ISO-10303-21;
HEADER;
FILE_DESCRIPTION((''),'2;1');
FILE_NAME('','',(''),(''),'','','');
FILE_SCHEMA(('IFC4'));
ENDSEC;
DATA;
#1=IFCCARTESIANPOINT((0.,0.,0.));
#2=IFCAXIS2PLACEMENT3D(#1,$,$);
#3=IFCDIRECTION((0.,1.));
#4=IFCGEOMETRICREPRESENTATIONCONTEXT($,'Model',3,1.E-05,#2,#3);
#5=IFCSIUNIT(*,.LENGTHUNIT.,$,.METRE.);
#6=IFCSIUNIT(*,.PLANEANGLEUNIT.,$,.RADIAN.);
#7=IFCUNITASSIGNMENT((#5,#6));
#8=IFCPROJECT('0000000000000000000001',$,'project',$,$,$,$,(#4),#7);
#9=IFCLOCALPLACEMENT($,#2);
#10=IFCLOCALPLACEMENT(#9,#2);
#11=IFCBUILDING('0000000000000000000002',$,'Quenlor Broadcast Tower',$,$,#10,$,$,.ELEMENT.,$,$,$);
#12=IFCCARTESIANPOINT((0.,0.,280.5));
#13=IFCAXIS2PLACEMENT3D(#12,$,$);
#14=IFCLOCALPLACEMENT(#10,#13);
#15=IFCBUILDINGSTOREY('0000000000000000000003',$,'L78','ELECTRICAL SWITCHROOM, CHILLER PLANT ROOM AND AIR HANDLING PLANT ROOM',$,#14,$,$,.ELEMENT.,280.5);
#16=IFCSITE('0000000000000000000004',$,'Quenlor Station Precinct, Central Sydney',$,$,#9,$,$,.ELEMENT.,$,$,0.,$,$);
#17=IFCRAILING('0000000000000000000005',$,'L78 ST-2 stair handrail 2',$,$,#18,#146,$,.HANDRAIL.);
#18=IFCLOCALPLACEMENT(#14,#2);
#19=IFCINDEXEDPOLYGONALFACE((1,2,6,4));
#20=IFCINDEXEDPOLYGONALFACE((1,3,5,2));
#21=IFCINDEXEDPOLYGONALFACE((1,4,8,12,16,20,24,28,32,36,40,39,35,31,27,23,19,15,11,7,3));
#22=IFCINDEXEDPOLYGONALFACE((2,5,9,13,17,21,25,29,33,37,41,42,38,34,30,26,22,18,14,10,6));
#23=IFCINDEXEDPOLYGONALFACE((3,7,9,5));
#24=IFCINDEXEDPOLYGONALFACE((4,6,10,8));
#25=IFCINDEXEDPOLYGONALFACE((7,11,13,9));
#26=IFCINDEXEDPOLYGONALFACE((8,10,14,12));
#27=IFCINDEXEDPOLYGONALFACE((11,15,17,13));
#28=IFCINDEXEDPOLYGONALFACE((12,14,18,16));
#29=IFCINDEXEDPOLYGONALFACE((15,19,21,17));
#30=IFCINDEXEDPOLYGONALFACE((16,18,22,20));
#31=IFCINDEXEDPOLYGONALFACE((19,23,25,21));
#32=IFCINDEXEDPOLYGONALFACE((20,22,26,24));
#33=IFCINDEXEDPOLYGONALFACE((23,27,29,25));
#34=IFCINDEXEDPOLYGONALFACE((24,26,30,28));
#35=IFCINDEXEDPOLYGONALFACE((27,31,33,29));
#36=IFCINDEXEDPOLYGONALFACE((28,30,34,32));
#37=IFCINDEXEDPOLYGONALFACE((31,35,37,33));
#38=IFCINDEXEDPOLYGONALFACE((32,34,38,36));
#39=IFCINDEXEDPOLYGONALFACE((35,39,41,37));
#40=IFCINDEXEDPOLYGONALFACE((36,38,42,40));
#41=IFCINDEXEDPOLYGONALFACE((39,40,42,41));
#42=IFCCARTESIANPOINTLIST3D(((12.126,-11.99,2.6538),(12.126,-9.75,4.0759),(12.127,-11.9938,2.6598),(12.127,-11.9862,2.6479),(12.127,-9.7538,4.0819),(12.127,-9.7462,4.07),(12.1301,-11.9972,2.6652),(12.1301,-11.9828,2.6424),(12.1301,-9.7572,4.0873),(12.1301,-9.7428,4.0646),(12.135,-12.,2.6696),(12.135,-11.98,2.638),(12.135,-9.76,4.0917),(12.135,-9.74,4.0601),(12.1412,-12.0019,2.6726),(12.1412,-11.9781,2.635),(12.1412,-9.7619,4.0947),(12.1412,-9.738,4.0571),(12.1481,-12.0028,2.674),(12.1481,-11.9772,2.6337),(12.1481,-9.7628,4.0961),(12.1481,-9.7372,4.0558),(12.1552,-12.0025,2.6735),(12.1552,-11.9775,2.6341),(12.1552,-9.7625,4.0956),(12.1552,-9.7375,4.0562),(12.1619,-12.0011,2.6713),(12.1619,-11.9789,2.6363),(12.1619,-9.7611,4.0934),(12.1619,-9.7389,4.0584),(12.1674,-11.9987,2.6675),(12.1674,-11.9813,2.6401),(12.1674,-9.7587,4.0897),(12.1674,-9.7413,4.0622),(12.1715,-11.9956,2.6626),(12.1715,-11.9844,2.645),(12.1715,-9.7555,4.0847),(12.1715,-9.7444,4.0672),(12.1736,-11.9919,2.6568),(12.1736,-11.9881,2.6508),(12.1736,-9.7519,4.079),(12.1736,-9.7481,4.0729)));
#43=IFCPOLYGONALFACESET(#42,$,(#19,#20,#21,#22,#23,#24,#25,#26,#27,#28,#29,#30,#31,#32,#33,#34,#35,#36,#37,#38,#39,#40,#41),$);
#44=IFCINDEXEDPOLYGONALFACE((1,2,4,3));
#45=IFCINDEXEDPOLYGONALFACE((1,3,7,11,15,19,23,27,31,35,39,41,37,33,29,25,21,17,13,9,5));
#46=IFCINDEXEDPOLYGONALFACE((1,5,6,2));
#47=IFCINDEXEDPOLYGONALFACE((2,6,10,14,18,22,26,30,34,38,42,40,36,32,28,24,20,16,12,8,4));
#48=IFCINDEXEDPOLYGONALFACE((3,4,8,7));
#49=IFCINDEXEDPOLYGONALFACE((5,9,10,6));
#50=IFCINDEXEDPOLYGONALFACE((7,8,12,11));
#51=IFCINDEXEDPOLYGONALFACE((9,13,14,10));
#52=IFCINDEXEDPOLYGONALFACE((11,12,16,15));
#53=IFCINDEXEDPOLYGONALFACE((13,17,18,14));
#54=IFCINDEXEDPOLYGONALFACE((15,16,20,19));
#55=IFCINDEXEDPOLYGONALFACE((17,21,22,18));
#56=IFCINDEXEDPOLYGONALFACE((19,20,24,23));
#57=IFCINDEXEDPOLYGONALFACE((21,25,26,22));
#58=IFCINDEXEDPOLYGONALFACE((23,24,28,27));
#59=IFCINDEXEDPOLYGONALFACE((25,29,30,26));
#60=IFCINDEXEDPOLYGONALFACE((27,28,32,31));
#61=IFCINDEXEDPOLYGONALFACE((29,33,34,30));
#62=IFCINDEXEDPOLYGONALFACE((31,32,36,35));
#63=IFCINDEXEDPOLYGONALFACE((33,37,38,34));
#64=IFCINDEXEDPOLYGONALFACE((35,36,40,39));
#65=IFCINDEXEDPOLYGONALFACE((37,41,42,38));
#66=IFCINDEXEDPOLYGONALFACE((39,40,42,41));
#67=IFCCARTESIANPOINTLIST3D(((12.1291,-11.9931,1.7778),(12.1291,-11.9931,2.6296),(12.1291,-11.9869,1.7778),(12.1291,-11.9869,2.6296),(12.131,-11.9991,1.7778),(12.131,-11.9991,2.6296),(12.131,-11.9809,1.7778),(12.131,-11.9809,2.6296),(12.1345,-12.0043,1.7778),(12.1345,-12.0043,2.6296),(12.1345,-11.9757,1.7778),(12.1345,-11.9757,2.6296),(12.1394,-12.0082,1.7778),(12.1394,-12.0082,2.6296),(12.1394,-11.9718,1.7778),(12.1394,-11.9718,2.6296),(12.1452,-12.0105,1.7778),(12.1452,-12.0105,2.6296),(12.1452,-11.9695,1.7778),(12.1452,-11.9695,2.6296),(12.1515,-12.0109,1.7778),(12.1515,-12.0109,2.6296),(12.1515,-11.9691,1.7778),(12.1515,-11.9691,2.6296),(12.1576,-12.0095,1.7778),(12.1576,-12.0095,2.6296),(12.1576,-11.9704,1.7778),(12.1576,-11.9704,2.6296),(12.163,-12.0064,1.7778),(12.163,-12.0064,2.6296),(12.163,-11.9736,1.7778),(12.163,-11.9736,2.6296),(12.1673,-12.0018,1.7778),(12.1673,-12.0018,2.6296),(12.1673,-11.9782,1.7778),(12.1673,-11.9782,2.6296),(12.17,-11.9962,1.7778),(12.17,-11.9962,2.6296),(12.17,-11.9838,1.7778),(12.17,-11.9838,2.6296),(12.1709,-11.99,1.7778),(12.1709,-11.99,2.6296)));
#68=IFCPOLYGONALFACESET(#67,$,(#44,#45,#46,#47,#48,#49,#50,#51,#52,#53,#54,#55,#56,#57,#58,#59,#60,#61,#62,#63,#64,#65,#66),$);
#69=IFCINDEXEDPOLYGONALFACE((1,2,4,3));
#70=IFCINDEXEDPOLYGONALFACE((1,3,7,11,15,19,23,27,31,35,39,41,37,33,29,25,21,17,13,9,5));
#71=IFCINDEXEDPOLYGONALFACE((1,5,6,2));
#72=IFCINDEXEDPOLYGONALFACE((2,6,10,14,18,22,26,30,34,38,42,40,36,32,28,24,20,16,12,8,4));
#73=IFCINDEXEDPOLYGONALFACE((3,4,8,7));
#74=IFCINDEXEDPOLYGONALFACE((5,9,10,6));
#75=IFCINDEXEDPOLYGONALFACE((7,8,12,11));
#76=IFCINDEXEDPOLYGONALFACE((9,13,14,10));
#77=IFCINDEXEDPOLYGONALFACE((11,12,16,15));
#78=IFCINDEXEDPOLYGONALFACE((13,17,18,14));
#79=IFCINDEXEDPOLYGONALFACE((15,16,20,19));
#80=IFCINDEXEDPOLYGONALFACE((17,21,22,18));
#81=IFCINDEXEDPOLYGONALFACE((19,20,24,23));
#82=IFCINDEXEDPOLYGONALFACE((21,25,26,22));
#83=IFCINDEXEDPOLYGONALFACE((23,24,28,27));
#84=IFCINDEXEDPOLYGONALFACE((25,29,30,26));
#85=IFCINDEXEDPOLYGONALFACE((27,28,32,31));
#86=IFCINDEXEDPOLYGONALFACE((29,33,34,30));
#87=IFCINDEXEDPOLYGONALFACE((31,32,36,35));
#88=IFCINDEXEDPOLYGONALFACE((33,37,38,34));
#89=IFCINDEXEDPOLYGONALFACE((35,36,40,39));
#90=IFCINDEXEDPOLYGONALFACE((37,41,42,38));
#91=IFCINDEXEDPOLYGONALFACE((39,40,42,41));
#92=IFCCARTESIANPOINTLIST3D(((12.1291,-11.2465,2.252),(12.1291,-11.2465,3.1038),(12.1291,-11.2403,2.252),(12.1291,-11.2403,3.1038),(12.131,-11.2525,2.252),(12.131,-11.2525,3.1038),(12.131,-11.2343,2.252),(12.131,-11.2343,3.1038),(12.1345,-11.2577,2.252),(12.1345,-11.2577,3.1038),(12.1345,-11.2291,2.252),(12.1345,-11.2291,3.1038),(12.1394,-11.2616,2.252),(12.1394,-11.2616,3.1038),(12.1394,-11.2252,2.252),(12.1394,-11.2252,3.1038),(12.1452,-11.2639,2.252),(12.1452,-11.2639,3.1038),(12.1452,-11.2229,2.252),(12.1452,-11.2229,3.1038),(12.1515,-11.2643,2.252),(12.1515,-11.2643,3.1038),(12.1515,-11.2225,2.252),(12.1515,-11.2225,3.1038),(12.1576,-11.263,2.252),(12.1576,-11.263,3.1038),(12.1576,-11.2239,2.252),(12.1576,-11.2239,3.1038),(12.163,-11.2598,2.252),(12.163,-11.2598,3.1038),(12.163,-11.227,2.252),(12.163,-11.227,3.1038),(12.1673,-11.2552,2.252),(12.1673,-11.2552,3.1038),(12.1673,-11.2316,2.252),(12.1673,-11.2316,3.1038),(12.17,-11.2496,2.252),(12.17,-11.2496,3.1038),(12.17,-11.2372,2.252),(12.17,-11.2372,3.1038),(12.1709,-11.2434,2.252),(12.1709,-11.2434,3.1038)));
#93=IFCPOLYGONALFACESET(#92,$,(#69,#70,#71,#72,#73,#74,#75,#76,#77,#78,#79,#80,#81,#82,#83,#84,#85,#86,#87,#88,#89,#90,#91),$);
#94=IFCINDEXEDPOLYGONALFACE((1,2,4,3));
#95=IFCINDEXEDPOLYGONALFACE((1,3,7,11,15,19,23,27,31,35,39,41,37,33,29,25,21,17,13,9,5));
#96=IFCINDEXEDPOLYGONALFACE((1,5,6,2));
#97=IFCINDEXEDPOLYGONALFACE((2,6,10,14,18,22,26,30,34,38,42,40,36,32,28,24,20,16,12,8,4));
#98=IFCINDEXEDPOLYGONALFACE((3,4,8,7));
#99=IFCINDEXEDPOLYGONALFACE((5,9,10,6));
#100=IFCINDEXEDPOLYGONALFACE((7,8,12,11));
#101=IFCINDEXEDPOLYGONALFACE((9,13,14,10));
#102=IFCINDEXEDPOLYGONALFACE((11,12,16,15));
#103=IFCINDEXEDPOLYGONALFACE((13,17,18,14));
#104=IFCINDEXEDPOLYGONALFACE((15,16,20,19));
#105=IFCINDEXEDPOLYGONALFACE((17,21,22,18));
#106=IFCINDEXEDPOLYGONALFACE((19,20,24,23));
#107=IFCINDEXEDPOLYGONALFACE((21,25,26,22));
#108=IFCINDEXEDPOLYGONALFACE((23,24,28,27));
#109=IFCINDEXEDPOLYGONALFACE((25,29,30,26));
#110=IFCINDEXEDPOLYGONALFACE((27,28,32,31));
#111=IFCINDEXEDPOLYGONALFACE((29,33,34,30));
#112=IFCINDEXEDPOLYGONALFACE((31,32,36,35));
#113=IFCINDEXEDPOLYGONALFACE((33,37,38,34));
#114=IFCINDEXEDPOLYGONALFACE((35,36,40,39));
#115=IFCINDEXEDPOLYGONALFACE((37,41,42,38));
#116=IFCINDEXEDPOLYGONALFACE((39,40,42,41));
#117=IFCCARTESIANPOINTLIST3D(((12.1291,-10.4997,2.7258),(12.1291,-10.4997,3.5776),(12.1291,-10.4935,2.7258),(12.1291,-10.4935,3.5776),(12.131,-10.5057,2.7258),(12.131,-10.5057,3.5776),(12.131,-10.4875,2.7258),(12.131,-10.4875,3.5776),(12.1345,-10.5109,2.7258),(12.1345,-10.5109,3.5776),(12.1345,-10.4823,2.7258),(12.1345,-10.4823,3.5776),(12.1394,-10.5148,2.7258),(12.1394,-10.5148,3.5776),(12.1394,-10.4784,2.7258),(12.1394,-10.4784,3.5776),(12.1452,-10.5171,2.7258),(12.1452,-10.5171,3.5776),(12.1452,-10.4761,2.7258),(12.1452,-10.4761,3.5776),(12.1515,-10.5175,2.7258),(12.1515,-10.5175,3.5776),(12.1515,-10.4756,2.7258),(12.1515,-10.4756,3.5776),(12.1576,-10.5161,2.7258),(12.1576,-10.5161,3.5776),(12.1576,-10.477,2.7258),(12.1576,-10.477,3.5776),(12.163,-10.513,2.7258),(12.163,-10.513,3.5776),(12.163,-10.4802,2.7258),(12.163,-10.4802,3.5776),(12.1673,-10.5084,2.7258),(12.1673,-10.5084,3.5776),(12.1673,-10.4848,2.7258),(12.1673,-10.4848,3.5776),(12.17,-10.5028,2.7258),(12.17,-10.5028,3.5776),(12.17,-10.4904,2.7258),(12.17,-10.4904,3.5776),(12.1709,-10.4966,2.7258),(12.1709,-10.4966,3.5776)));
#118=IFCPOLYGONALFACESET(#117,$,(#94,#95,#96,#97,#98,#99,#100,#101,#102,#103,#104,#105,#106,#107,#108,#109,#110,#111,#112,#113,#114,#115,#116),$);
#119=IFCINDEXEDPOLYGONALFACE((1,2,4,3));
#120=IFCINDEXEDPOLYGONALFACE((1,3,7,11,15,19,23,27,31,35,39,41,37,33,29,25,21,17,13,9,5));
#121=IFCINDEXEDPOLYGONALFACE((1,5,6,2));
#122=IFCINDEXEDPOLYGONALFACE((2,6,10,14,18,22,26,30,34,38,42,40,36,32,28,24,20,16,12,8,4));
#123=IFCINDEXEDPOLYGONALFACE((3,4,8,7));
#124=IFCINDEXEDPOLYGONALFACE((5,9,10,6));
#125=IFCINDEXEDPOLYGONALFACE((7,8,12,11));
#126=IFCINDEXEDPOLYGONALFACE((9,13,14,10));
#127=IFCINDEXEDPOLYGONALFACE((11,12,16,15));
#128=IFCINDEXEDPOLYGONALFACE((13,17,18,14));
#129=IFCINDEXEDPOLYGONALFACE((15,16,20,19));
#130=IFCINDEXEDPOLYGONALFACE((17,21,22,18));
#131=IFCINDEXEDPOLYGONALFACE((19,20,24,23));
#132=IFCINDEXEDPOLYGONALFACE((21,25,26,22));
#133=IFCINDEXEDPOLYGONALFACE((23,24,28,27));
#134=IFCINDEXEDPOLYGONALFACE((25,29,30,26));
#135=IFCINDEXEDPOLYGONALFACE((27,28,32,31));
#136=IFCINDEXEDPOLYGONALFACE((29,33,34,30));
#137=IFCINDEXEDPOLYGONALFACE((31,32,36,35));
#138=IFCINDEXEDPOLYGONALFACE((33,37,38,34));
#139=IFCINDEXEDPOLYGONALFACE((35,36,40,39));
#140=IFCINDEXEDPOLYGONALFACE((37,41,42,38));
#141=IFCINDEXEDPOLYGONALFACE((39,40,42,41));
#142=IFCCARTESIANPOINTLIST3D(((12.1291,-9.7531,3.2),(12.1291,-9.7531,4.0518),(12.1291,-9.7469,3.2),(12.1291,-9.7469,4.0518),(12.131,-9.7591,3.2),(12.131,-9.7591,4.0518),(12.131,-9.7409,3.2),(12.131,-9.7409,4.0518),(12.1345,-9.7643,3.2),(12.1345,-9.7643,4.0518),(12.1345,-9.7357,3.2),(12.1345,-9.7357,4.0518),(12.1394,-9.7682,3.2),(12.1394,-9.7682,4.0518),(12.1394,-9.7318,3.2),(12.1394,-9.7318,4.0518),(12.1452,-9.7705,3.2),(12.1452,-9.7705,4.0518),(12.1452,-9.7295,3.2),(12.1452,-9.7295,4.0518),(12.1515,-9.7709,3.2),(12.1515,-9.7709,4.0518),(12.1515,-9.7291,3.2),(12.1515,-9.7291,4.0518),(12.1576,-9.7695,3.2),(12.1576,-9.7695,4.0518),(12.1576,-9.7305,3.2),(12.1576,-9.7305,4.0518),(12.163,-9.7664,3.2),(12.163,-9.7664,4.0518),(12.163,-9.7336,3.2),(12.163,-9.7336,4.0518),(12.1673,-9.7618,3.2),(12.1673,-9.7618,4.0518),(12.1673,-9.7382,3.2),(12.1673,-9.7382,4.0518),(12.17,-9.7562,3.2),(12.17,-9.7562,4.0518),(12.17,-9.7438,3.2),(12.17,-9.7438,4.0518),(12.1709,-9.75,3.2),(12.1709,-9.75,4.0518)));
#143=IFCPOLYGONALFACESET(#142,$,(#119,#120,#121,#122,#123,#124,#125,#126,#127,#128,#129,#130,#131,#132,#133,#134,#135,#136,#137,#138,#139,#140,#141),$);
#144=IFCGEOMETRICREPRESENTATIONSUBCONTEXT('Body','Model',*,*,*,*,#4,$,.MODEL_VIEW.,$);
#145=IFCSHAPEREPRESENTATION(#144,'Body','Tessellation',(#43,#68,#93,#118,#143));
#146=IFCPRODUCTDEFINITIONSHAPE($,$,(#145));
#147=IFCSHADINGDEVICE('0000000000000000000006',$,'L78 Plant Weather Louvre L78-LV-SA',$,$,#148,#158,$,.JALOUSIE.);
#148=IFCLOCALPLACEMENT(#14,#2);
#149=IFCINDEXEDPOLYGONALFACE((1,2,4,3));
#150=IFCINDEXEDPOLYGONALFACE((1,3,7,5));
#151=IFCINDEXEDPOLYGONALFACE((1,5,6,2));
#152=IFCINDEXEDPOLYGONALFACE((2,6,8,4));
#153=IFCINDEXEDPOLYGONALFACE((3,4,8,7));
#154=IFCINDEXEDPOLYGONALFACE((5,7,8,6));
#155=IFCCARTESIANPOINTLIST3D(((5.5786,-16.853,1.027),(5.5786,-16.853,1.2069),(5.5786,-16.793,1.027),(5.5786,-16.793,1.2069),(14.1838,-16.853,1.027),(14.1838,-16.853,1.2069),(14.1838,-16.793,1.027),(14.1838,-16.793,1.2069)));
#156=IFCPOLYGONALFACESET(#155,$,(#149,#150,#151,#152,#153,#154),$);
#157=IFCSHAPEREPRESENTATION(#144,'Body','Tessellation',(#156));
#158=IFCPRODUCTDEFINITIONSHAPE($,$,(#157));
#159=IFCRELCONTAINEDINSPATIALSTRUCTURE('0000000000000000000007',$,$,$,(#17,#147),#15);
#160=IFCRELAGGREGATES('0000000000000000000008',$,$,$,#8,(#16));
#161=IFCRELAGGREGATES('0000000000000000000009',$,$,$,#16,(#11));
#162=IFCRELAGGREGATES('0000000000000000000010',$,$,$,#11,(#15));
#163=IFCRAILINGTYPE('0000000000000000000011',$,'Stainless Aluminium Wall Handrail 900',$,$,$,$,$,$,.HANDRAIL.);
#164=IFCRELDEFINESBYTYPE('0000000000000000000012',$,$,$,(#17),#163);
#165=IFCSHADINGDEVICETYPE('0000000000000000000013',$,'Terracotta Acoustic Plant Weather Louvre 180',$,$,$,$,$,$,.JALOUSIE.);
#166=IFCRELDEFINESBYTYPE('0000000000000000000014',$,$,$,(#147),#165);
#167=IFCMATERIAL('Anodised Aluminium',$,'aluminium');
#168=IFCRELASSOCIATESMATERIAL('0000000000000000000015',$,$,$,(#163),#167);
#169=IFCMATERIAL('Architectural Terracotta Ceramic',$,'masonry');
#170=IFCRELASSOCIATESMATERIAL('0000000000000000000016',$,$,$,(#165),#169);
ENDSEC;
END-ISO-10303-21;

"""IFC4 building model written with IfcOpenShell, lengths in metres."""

from ifc_helpers import new_model, si_unit, direction, frame, origin, origin_2d, place, context, subcontext, project, spatial, rectangle, circle, extrude, material, material_profile, profile_set, type_object, element, save


model = new_model("IFC4")

# Units and contexts
model_context = context("Model", 3, precision=1e-05, world=origin(), true_north=direction((0.0, 1.0)))
body_context = subcontext(model_context, "Body", "Model", "MODEL_VIEW")
ifc_project = project(units=[si_unit("LENGTHUNIT", "METRE"), si_unit("PLANEANGLEUNIT", "RADIAN")], contexts=[model_context])

# Site, building, storey
site_placement = place(None, origin())
site = spatial("IfcSite", under=ifc_project, at=site_placement, Name="Quenlor Station Precinct, Central Sydney", CompositionType="ELEMENT", RefElevation=0.0)
building_placement = place(site_placement, origin())
building = spatial("IfcBuilding", under=site, at=building_placement, Name="Quenlor Broadcast Tower", CompositionType="ELEMENT")
storey_placement = place(building_placement, frame((0.0, 0.0, 280.5)))
storey = spatial("IfcBuildingStorey", under=building, at=storey_placement, Name="L78", Description="ELECTRICAL SWITCHROOM, CHILLER PLANT ROOM AND AIR HANDLING PLANT ROOM", CompositionType="ELEMENT", Elevation=280.5)

# Railing
ifc_material_1 = material(Name="Anodised Aluminium", Category="aluminium")
railing_type = type_object("IfcRailingType", Name="Stainless Aluminium Wall Handrail 900", PredefinedType="HANDRAIL", material=ifc_material_1)
railing_placement = place(storey_placement, frame((12.1499, -11.99, 1.7778)))
element("IfcRailing", 1, at=railing_placement, inside=storey, type_object=railing_type, Name="L78 ST-2 stair handrail 2", PredefinedType="HANDRAIL", context=body_context, shape_type="SweptSolid", body=[
    extrude(circle(Radius=0.0239, at=origin_2d()), frame((0.0, 0.0, 0.876), z_axis=(0.0, 0.844229, 0.535982), x_axis=(-1.0, 0.0, 0.0)), (0.0, 0.0, 1.0), 2.6533),
    extrude(circle(Radius=0.021, at=origin_2d()), origin(), (0.0, 0.0, 1.0), 0.8518),
    extrude(circle(Radius=0.021, at=origin_2d()), frame((0.0, 0.7466, 0.4741)), (0.0, 0.0, 1.0), 0.8518),
    extrude(circle(Radius=0.021, at=origin_2d()), frame((0.0, 1.4934, 0.948)), (0.0, 0.0, 1.0), 0.8518),
    extrude(circle(Radius=0.021, at=origin_2d()), frame((0.0, 2.24, 1.4221)), (0.0, 0.0, 1.0), 0.8518),
])

# Shading device
ifc_material_2 = material(Name="Architectural Terracotta Ceramic", Category="masonry")
ifc_material_profile_1 = material_profile(ifc_material_2, rectangle(XDim=0.0601, YDim=0.1799, at=origin_2d()))
ifc_profile_set_1 = profile_set([ifc_material_profile_1], Name="Architectural Terracotta Ceramic LVR60x180")
shading_device_type = type_object("IfcShadingDeviceType", Name="Terracotta Acoustic Plant Weather Louvre 180", PredefinedType="JALOUSIE", material=ifc_profile_set_1)
shading_device_placement = place(storey_placement, frame((14.1838, -16.823, 1.1169), z_axis=(-1.0, 0.0, 0.0), x_axis=(0.0, -1.0, 0.0)))
element("IfcShadingDevice", 2, at=shading_device_placement, inside=storey, type_object=shading_device_type, Name="L78 Plant Weather Louvre L78-LV-SA", PredefinedType="JALOUSIE", context=body_context, shape_type="SweptSolid", body=[
    extrude(rectangle(XDim=0.0601, YDim=0.1799, at=origin_2d()), origin(), (0.0, 0.0, 1.0), 8.6052),
])

save(model, "model.ifc")
